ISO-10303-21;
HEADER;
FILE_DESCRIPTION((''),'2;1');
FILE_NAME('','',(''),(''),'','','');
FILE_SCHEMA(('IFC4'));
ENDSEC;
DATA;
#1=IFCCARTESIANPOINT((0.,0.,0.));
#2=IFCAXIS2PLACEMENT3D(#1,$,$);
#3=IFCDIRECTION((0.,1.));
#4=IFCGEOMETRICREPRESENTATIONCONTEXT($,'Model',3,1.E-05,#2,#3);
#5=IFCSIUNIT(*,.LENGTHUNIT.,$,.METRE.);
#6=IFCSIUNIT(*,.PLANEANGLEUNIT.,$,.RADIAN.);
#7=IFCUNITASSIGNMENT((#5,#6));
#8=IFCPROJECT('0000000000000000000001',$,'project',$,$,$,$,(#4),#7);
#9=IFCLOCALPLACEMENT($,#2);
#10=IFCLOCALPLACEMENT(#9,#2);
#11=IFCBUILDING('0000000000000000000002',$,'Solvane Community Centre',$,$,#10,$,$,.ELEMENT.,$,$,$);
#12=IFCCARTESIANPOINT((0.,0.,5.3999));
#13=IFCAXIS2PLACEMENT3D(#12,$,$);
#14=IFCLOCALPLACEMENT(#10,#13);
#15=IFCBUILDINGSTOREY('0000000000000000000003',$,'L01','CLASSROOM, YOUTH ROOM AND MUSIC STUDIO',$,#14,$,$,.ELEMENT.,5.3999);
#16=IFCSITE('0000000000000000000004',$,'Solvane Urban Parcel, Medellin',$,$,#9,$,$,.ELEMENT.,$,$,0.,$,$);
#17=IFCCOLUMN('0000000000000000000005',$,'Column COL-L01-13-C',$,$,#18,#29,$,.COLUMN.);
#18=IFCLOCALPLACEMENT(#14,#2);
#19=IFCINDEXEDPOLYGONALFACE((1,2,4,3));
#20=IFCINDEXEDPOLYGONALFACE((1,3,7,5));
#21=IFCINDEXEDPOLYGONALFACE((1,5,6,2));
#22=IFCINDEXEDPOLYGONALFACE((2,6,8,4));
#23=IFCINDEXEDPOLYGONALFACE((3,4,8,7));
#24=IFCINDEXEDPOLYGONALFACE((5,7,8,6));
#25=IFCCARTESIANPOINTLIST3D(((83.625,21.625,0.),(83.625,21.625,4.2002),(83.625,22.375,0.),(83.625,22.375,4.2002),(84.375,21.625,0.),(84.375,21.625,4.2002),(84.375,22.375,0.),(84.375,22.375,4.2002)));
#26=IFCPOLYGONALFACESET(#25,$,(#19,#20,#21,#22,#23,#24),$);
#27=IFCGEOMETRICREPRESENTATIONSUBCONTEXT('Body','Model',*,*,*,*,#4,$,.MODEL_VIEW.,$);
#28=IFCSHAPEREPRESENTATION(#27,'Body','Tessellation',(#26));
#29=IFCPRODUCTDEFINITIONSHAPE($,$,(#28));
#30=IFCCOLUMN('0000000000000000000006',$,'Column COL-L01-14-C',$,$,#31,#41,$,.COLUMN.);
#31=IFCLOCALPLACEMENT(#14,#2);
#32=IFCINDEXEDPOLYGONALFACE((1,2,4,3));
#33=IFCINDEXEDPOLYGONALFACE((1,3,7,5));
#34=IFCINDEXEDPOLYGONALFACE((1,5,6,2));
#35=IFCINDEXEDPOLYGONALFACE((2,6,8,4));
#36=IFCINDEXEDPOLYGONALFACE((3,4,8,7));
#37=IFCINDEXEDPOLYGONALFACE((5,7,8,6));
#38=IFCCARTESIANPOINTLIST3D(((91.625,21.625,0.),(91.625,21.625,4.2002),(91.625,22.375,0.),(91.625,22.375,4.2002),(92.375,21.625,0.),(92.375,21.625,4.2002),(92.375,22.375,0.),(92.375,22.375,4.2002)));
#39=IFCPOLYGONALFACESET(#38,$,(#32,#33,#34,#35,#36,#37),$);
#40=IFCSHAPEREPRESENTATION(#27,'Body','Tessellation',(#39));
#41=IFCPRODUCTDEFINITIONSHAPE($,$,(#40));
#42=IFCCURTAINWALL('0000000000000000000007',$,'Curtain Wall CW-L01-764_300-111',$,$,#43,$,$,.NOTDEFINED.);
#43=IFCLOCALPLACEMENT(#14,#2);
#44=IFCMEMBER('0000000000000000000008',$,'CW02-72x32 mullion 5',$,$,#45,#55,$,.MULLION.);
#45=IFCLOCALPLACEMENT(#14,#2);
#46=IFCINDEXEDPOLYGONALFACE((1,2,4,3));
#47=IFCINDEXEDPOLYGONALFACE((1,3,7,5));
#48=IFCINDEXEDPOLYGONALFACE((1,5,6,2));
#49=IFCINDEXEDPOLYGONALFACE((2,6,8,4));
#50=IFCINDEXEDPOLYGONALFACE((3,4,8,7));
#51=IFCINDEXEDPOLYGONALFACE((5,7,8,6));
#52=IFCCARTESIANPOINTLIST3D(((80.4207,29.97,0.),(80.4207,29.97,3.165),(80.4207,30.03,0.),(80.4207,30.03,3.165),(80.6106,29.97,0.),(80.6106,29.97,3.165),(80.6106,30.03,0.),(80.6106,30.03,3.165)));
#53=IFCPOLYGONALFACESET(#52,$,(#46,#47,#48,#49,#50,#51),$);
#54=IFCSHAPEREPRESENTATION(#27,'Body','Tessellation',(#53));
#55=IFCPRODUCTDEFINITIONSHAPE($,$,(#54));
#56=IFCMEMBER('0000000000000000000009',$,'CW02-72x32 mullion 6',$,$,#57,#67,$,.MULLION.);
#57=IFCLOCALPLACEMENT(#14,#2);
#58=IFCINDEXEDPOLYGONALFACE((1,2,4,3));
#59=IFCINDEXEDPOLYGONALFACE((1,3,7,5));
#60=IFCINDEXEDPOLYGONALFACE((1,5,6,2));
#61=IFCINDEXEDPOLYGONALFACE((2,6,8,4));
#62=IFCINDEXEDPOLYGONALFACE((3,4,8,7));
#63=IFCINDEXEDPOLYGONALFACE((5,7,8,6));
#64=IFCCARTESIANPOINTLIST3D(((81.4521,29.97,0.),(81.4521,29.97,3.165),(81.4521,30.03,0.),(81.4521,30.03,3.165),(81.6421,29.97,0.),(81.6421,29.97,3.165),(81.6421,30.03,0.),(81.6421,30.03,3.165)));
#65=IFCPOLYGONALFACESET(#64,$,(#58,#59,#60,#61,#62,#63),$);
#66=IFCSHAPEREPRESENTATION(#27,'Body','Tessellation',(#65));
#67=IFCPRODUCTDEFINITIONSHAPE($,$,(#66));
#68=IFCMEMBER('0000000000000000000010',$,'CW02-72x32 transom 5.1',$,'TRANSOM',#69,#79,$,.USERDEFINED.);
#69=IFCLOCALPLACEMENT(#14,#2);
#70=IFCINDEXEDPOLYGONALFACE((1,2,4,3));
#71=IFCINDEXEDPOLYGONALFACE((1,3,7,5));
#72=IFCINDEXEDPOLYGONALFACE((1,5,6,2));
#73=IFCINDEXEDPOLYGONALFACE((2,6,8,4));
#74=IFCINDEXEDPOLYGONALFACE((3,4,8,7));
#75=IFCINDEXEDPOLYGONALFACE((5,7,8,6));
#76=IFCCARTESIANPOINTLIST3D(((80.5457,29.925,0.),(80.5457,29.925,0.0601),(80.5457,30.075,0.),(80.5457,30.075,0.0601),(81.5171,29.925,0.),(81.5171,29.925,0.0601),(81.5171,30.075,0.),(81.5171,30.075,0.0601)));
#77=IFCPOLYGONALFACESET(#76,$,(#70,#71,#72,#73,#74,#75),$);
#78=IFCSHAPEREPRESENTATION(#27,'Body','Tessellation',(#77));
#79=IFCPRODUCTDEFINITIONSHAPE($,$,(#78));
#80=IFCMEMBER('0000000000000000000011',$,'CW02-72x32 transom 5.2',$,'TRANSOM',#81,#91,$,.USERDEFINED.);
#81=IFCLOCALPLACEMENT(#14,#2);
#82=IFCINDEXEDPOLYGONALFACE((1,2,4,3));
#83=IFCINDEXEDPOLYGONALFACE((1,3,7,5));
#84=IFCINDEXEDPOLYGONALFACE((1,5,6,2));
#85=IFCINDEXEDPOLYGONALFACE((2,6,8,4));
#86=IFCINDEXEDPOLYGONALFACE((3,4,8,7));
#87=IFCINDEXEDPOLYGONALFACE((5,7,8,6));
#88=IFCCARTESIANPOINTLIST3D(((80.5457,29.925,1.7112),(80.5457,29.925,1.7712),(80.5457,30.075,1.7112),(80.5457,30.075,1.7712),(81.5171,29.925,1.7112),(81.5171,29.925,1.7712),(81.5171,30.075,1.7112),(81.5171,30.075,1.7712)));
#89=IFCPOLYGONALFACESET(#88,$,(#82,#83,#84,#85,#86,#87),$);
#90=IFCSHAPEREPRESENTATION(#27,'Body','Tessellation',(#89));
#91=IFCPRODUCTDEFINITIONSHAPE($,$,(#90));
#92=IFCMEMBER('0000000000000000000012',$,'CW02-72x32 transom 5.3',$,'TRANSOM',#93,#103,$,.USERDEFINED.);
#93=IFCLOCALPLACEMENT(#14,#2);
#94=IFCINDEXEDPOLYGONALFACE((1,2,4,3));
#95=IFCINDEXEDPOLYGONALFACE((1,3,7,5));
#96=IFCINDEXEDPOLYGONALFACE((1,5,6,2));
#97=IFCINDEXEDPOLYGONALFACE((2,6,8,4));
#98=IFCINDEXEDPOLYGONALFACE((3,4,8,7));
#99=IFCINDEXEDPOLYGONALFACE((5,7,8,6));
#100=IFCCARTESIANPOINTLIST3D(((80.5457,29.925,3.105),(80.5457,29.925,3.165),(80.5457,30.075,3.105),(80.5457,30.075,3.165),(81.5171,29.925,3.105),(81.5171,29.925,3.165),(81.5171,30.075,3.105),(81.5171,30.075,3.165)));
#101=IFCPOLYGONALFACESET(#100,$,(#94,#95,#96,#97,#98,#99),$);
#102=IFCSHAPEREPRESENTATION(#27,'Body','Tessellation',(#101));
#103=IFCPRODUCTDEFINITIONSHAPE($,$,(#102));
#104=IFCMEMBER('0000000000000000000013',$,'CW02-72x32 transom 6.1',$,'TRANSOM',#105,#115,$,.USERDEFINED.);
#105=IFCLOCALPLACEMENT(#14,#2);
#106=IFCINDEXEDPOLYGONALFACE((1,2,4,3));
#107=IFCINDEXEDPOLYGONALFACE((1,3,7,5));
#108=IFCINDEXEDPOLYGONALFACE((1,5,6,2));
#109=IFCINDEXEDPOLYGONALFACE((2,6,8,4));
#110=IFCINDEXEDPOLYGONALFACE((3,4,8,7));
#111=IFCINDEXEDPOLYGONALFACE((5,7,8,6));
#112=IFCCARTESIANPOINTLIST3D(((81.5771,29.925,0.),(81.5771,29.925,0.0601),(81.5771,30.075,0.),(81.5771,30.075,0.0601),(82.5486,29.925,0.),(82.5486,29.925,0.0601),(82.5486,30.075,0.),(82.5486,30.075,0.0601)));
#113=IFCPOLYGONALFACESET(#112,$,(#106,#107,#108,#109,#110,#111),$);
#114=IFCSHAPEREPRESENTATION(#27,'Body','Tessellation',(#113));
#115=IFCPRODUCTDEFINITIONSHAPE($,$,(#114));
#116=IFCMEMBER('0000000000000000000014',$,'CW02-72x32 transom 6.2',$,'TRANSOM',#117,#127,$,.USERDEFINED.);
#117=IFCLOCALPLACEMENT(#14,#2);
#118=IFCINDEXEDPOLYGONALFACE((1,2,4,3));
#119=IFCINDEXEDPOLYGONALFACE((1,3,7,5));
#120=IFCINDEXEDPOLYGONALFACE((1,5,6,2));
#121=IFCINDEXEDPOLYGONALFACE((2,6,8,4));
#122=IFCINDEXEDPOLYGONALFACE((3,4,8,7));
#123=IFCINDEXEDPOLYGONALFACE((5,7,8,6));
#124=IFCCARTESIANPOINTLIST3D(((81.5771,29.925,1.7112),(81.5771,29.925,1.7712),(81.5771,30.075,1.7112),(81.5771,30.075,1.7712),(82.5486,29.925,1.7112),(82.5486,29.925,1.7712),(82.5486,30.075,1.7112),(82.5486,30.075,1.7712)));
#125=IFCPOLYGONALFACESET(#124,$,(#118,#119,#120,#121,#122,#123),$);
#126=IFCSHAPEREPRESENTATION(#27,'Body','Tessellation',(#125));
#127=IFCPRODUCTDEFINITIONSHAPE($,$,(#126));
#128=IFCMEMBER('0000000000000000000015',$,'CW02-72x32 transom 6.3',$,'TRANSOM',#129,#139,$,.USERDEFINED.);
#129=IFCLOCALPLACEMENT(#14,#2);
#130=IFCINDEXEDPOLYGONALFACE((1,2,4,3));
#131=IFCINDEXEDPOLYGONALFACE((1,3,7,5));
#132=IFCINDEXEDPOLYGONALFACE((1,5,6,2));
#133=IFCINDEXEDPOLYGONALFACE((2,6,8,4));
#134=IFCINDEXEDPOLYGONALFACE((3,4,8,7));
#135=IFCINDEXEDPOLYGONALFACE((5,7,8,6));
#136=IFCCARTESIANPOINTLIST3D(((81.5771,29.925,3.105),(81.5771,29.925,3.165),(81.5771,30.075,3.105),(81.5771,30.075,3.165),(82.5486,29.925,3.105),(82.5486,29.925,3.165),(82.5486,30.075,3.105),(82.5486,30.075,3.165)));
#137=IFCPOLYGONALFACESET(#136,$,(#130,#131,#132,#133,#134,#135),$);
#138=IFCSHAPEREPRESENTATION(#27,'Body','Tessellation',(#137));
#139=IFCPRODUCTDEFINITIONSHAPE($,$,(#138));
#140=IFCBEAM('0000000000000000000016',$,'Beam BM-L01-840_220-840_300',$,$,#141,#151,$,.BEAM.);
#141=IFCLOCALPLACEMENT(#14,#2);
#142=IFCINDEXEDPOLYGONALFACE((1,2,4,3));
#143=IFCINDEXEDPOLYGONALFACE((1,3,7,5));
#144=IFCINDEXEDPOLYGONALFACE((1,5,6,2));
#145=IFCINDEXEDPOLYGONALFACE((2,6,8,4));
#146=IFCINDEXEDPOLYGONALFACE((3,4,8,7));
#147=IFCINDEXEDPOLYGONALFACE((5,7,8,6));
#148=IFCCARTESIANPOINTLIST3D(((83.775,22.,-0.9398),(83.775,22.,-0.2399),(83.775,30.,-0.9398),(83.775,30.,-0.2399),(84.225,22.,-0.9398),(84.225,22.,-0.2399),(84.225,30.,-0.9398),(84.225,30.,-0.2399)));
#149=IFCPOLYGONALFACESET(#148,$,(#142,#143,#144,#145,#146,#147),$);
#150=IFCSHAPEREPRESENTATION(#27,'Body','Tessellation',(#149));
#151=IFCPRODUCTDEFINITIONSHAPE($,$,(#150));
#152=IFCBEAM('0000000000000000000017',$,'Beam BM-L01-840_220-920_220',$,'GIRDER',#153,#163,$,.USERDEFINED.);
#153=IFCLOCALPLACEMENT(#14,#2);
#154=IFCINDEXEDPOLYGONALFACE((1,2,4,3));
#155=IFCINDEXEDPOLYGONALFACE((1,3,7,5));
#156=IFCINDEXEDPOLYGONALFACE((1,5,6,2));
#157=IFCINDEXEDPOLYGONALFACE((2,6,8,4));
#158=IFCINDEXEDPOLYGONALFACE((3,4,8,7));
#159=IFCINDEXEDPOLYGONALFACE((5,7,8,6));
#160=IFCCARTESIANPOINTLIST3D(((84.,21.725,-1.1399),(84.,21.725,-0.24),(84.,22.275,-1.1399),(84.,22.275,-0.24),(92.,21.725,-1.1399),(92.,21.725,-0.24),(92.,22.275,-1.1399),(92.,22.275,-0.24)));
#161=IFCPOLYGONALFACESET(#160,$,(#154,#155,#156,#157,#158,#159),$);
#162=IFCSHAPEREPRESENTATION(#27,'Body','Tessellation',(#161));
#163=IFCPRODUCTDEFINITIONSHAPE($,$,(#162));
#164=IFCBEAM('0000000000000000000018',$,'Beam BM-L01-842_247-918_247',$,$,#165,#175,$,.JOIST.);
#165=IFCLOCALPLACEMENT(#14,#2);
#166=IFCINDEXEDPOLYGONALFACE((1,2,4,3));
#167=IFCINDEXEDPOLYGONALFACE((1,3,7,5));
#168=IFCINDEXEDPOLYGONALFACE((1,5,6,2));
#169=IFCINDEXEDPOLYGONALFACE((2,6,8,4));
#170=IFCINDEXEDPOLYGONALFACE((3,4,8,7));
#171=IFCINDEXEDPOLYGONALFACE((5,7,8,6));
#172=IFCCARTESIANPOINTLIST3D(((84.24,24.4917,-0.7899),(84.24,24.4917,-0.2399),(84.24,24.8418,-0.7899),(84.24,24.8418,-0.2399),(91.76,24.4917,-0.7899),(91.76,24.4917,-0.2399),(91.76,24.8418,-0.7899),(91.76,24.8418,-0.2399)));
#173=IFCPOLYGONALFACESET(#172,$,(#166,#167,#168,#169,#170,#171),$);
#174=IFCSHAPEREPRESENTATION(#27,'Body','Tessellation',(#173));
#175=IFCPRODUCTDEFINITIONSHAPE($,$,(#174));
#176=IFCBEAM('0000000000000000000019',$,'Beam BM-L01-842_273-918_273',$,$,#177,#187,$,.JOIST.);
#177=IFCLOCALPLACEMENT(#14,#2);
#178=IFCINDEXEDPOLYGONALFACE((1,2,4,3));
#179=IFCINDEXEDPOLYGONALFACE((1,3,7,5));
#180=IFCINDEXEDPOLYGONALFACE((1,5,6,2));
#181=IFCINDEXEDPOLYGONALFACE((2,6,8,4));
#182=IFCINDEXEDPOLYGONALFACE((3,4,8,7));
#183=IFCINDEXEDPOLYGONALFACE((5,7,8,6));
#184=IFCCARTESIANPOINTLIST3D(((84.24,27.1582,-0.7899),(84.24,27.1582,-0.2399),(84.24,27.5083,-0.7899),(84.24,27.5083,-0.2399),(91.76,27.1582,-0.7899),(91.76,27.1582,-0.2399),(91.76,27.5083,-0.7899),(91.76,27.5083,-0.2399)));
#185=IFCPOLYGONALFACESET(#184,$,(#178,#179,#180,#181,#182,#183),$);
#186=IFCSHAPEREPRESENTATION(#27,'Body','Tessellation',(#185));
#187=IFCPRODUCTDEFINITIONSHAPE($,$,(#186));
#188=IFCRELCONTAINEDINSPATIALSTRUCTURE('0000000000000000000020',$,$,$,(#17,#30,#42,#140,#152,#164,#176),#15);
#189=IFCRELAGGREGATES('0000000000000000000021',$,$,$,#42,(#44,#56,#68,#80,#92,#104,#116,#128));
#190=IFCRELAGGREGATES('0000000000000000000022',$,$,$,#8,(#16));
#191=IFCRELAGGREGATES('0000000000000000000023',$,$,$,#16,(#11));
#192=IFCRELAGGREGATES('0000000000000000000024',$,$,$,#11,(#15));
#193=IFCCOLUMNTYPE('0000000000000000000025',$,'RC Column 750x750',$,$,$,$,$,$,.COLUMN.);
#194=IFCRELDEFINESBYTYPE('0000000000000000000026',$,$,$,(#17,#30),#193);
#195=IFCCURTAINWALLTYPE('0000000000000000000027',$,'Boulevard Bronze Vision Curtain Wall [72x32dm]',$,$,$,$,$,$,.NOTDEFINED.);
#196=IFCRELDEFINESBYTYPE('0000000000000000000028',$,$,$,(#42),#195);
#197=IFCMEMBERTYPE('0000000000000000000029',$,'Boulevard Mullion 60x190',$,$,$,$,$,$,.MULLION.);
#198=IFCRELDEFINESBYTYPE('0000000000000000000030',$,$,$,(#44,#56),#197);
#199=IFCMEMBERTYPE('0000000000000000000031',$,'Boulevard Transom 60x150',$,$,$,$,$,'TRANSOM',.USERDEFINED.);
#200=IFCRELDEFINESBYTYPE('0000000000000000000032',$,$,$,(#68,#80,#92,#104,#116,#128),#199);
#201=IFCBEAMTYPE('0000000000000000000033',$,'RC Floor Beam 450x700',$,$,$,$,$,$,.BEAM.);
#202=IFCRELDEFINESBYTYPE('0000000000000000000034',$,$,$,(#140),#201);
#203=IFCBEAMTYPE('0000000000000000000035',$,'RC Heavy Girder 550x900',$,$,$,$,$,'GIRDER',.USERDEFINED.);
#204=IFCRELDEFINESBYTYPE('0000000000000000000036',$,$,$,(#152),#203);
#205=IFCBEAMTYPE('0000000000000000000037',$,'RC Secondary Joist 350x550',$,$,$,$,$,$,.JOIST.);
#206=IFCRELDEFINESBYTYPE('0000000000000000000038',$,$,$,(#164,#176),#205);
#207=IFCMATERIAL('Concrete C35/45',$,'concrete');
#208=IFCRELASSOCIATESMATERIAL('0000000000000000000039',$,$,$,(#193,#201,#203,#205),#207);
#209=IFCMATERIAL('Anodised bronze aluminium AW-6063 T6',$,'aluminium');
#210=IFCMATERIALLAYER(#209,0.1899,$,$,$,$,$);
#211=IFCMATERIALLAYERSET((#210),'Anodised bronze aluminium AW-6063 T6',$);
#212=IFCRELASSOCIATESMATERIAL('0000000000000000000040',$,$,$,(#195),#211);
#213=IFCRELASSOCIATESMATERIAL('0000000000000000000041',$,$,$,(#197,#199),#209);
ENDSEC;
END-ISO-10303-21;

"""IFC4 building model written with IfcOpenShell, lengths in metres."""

from ifc_helpers import new_model, si_unit, direction, frame, origin, origin_2d, place, context, subcontext, project, spatial, rectangle, extrude, material, layer, layer_set, material_profile, profile_set, type_object, element, aggregate, save


model = new_model("IFC4")

# Units and contexts
model_context = context("Model", 3, precision=1e-05, world=origin(), true_north=direction((0.0, 1.0)))
body_context = subcontext(model_context, "Body", "Model", "MODEL_VIEW")
ifc_project = project(units=[si_unit("LENGTHUNIT", "METRE"), si_unit("PLANEANGLEUNIT", "RADIAN")], contexts=[model_context])

# Site, building, storey
site_placement = place(None, origin())
site = spatial("IfcSite", under=ifc_project, at=site_placement, Name="Solvane Urban Parcel, Medellin", CompositionType="ELEMENT", RefElevation=0.0)
building_placement = place(site_placement, origin())
building = spatial("IfcBuilding", under=site, at=building_placement, Name="Solvane Community Centre", CompositionType="ELEMENT")
storey_placement = place(building_placement, frame((0.0, 0.0, 5.3999)))
storey = spatial("IfcBuildingStorey", under=building, at=storey_placement, Name="L01", Description="CLASSROOM, YOUTH ROOM AND MUSIC STUDIO", CompositionType="ELEMENT", Elevation=5.3999)

# Columns
ifc_material_1 = material(Name="Concrete C35/45", Category="concrete")
ifc_material_profile_1 = material_profile(ifc_material_1, rectangle(XDim=0.75, YDim=0.75, at=origin_2d()), Name="RC 750x750")
ifc_profile_set_1 = profile_set([ifc_material_profile_1], Name="Concrete C35/45")
column_type = type_object("IfcColumnType", Name="RC Column 750x750", PredefinedType="COLUMN", material=ifc_profile_set_1)
for number, where, z_axis, x_axis, name in (
    (1, (84.0, 22.0, 0.0), (0.0, 0.0, 1.0), (1.0, 0.0, 0.0), "Column COL-L01-13-C"),
    (2, (92.0, 22.0, 0.0), (0.0, 0.0, 1.0), (1.0, 0.0, 0.0), "Column COL-L01-14-C"),
):
    element("IfcColumn", number, at=place(storey_placement, frame(where, z_axis=z_axis, x_axis=x_axis)), inside=storey, type_object=column_type, Name=name, PredefinedType="COLUMN", context=body_context, shape_type="SweptSolid", body=[
        extrude(rectangle(XDim=0.75, YDim=0.75, at=origin_2d()), origin(), (0.0, 0.0, 1.0), 4.2002),
    ])

# Curtain wall, members
ifc_material_2 = material(Name="Anodised bronze aluminium AW-6063 T6", Category="aluminium")
ifc_layer_1 = layer(ifc_material_2, 0.1899)
ifc_layer_set_1 = layer_set([ifc_layer_1], Name="Anodised bronze aluminium AW-6063 T6")
curtain_wall_type = type_object("IfcCurtainWallType", Name="Boulevard Bronze Vision Curtain Wall [72x32dm]", PredefinedType="NOTDEFINED", material=ifc_layer_set_1)
curtain_wall_placement = place(storey_placement, origin())
curtain_wall = element("IfcCurtainWall", 3, at=curtain_wall_placement, inside=storey, type_object=curtain_wall_type, Name="Curtain Wall CW-L01-764_300-111", PredefinedType="NOTDEFINED")
ifc_material_profile_2 = material_profile(ifc_material_2, rectangle(XDim=0.0601, YDim=0.1899, at=origin_2d()), Name="CW-M 60x190")
ifc_profile_set_2 = profile_set([ifc_material_profile_2], Name="Anodised bronze aluminium AW-6063 T6")
member_type_1 = type_object("IfcMemberType", Name="Boulevard Mullion 60x190", PredefinedType="MULLION", material=ifc_profile_set_2)
member_1_placement = place(storey_placement, frame((80.5156, 30.0, 0.0), z_axis=(0.0, 0.0, 1.0), x_axis=(0.0, 1.0, 0.0)))
member_1 = element("IfcMember", 4, at=member_1_placement, type_object=member_type_1, Name="CW02-72x32 mullion 5", PredefinedType="MULLION", context=body_context, shape_type="SweptSolid", body=[
    extrude(rectangle(XDim=0.0601, YDim=0.1899, at=origin_2d()), origin(), (0.0, 0.0, 1.0), 3.165),
])
member_2_placement = place(storey_placement, frame((81.5471, 30.0, 0.0), z_axis=(0.0, 0.0, 1.0), x_axis=(0.0, 1.0, 0.0)))
member_2 = element("IfcMember", 5, at=member_2_placement, type_object=member_type_1, Name="CW02-72x32 mullion 6", PredefinedType="MULLION", context=body_context, shape_type="SweptSolid", body=[
    extrude(rectangle(XDim=0.0601, YDim=0.1899, at=origin_2d()), origin(), (0.0, 0.0, 1.0), 3.165),
])
ifc_material_profile_3 = material_profile(ifc_material_2, rectangle(XDim=0.1499, YDim=0.0601, at=origin_2d()), Name="CW-T 60x150")
ifc_profile_set_3 = profile_set([ifc_material_profile_3], Name="Anodised bronze aluminium AW-6063 T6")
member_type_2 = type_object("IfcMemberType", Name="Boulevard Transom 60x150", ElementType="TRANSOM", PredefinedType="USERDEFINED", material=ifc_profile_set_3)
member_3_placement = place(storey_placement, frame((80.5457, 30.0, 0.03), z_axis=(1.0, 0.0, 0.0), x_axis=(0.0, 1.0, 0.0)))
member_3 = element("IfcMember", 6, at=member_3_placement, type_object=member_type_2, Name="CW02-72x32 transom 5.1", ObjectType="TRANSOM", PredefinedType="USERDEFINED", context=body_context, shape_type="SweptSolid", body=[
    extrude(rectangle(XDim=0.1499, YDim=0.0601, at=origin_2d()), origin(), (0.0, 0.0, 1.0), 0.9714),
])
member_4_placement = place(storey_placement, frame((80.5457, 30.0, 1.7412), z_axis=(1.0, 0.0, 0.0), x_axis=(0.0, 1.0, 0.0)))
member_4 = element("IfcMember", 7, at=member_4_placement, type_object=member_type_2, Name="CW02-72x32 transom 5.2", ObjectType="TRANSOM", PredefinedType="USERDEFINED", context=body_context, shape_type="SweptSolid", body=[
    extrude(rectangle(XDim=0.1499, YDim=0.0601, at=origin_2d()), origin(), (0.0, 0.0, 1.0), 0.9714),
])
member_5_placement = place(storey_placement, frame((80.5457, 30.0, 3.135), z_axis=(1.0, 0.0, 0.0), x_axis=(0.0, 1.0, 0.0)))
member_5 = element("IfcMember", 8, at=member_5_placement, type_object=member_type_2, Name="CW02-72x32 transom 5.3", ObjectType="TRANSOM", PredefinedType="USERDEFINED", context=body_context, shape_type="SweptSolid", body=[
    extrude(rectangle(XDim=0.1499, YDim=0.0601, at=origin_2d()), origin(), (0.0, 0.0, 1.0), 0.9714),
])
member_6_placement = place(storey_placement, frame((81.5771, 30.0, 0.03), z_axis=(1.0, 0.0, 0.0), x_axis=(0.0, 1.0, 0.0)))
member_6 = element("IfcMember", 9, at=member_6_placement, type_object=member_type_2, Name="CW02-72x32 transom 6.1", ObjectType="TRANSOM", PredefinedType="USERDEFINED", context=body_context, shape_type="SweptSolid", body=[
    extrude(rectangle(XDim=0.1499, YDim=0.0601, at=origin_2d()), origin(), (0.0, 0.0, 1.0), 0.9714),
])
member_7_placement = place(storey_placement, frame((81.5771, 30.0, 1.7412), z_axis=(1.0, 0.0, 0.0), x_axis=(0.0, 1.0, 0.0)))
member_7 = element("IfcMember", 10, at=member_7_placement, type_object=member_type_2, Name="CW02-72x32 transom 6.2", ObjectType="TRANSOM", PredefinedType="USERDEFINED", context=body_context, shape_type="SweptSolid", body=[
    extrude(rectangle(XDim=0.1499, YDim=0.0601, at=origin_2d()), origin(), (0.0, 0.0, 1.0), 0.9714),
])
member_8_placement = place(storey_placement, frame((81.5771, 30.0, 3.135), z_axis=(1.0, 0.0, 0.0), x_axis=(0.0, 1.0, 0.0)))
member_8 = element("IfcMember", 11, at=member_8_placement, type_object=member_type_2, Name="CW02-72x32 transom 6.3", ObjectType="TRANSOM", PredefinedType="USERDEFINED", context=body_context, shape_type="SweptSolid", body=[
    extrude(rectangle(XDim=0.1499, YDim=0.0601, at=origin_2d()), origin(), (0.0, 0.0, 1.0), 0.9714),
])

# Beams
ifc_material_profile_4 = material_profile(ifc_material_1, rectangle(XDim=0.45, YDim=0.7, at=origin_2d()), Name="RC 450x700")
ifc_profile_set_4 = profile_set([ifc_material_profile_4], Name="Concrete C35/45")
beam_type_1 = type_object("IfcBeamType", Name="RC Floor Beam 450x700", PredefinedType="BEAM", material=ifc_profile_set_4)
beam_1_placement = place(storey_placement, frame((84.0, 22.0, -0.5898), z_axis=(0.0, 1.0, 0.0), x_axis=(-1.0, 0.0, 0.0)))
element("IfcBeam", 12, at=beam_1_placement, inside=storey, type_object=beam_type_1, Name="Beam BM-L01-840_220-840_300", PredefinedType="BEAM", context=body_context, shape_type="SweptSolid", body=[
    extrude(rectangle(XDim=0.45, YDim=0.7, at=origin_2d()), origin(), (0.0, 0.0, 1.0), 8.0),
])
ifc_material_profile_5 = material_profile(ifc_material_1, rectangle(XDim=0.55, YDim=0.8999, at=origin_2d()), Name="RC 550x900")
ifc_profile_set_5 = profile_set([ifc_material_profile_5], Name="Concrete C35/45")
beam_type_2 = type_object("IfcBeamType", Name="RC Heavy Girder 550x900", ElementType="GIRDER", PredefinedType="USERDEFINED", material=ifc_profile_set_5)
beam_2_placement = place(storey_placement, frame((84.0, 22.0, -0.6899), z_axis=(1.0, 0.0, 0.0), x_axis=(0.0, 1.0, 0.0)))
element("IfcBeam", 13, at=beam_2_placement, inside=storey, type_object=beam_type_2, Name="Beam BM-L01-840_220-920_220", ObjectType="GIRDER", PredefinedType="USERDEFINED", context=body_context, shape_type="SweptSolid", body=[
    extrude(rectangle(XDim=0.55, YDim=0.8999, at=origin_2d()), origin(), (0.0, 0.0, 1.0), 8.0),
])
ifc_material_profile_6 = material_profile(ifc_material_1, rectangle(XDim=0.3501, YDim=0.55, at=origin_2d()), Name="RC 350x550")
ifc_profile_set_6 = profile_set([ifc_material_profile_6], Name="Concrete C35/45")
beam_type_3 = type_object("IfcBeamType", Name="RC Secondary Joist 350x550", PredefinedType="JOIST", material=ifc_profile_set_6)
for number, where, z_axis, x_axis, name in (
    (14, (84.24, 24.6667, -0.5149), (1.0, 0.0, 0.0), (0.0, 1.0, 0.0), "Beam BM-L01-842_247-918_247"),
    (15, (84.24, 27.3333, -0.5149), (1.0, 0.0, 0.0), (0.0, 1.0, 0.0), "Beam BM-L01-842_273-918_273"),
):
    element("IfcBeam", number, at=place(storey_placement, frame(where, z_axis=z_axis, x_axis=x_axis)), inside=storey, type_object=beam_type_3, Name=name, PredefinedType="JOIST", context=body_context, shape_type="SweptSolid", body=[
        extrude(rectangle(XDim=0.3501, YDim=0.55, at=origin_2d()), origin(), (0.0, 0.0, 1.0), 7.52),
    ])

aggregate(curtain_wall, [member_1, member_2, member_3, member_4, member_5, member_6, member_7, member_8])

save(model, "model.ifc")
